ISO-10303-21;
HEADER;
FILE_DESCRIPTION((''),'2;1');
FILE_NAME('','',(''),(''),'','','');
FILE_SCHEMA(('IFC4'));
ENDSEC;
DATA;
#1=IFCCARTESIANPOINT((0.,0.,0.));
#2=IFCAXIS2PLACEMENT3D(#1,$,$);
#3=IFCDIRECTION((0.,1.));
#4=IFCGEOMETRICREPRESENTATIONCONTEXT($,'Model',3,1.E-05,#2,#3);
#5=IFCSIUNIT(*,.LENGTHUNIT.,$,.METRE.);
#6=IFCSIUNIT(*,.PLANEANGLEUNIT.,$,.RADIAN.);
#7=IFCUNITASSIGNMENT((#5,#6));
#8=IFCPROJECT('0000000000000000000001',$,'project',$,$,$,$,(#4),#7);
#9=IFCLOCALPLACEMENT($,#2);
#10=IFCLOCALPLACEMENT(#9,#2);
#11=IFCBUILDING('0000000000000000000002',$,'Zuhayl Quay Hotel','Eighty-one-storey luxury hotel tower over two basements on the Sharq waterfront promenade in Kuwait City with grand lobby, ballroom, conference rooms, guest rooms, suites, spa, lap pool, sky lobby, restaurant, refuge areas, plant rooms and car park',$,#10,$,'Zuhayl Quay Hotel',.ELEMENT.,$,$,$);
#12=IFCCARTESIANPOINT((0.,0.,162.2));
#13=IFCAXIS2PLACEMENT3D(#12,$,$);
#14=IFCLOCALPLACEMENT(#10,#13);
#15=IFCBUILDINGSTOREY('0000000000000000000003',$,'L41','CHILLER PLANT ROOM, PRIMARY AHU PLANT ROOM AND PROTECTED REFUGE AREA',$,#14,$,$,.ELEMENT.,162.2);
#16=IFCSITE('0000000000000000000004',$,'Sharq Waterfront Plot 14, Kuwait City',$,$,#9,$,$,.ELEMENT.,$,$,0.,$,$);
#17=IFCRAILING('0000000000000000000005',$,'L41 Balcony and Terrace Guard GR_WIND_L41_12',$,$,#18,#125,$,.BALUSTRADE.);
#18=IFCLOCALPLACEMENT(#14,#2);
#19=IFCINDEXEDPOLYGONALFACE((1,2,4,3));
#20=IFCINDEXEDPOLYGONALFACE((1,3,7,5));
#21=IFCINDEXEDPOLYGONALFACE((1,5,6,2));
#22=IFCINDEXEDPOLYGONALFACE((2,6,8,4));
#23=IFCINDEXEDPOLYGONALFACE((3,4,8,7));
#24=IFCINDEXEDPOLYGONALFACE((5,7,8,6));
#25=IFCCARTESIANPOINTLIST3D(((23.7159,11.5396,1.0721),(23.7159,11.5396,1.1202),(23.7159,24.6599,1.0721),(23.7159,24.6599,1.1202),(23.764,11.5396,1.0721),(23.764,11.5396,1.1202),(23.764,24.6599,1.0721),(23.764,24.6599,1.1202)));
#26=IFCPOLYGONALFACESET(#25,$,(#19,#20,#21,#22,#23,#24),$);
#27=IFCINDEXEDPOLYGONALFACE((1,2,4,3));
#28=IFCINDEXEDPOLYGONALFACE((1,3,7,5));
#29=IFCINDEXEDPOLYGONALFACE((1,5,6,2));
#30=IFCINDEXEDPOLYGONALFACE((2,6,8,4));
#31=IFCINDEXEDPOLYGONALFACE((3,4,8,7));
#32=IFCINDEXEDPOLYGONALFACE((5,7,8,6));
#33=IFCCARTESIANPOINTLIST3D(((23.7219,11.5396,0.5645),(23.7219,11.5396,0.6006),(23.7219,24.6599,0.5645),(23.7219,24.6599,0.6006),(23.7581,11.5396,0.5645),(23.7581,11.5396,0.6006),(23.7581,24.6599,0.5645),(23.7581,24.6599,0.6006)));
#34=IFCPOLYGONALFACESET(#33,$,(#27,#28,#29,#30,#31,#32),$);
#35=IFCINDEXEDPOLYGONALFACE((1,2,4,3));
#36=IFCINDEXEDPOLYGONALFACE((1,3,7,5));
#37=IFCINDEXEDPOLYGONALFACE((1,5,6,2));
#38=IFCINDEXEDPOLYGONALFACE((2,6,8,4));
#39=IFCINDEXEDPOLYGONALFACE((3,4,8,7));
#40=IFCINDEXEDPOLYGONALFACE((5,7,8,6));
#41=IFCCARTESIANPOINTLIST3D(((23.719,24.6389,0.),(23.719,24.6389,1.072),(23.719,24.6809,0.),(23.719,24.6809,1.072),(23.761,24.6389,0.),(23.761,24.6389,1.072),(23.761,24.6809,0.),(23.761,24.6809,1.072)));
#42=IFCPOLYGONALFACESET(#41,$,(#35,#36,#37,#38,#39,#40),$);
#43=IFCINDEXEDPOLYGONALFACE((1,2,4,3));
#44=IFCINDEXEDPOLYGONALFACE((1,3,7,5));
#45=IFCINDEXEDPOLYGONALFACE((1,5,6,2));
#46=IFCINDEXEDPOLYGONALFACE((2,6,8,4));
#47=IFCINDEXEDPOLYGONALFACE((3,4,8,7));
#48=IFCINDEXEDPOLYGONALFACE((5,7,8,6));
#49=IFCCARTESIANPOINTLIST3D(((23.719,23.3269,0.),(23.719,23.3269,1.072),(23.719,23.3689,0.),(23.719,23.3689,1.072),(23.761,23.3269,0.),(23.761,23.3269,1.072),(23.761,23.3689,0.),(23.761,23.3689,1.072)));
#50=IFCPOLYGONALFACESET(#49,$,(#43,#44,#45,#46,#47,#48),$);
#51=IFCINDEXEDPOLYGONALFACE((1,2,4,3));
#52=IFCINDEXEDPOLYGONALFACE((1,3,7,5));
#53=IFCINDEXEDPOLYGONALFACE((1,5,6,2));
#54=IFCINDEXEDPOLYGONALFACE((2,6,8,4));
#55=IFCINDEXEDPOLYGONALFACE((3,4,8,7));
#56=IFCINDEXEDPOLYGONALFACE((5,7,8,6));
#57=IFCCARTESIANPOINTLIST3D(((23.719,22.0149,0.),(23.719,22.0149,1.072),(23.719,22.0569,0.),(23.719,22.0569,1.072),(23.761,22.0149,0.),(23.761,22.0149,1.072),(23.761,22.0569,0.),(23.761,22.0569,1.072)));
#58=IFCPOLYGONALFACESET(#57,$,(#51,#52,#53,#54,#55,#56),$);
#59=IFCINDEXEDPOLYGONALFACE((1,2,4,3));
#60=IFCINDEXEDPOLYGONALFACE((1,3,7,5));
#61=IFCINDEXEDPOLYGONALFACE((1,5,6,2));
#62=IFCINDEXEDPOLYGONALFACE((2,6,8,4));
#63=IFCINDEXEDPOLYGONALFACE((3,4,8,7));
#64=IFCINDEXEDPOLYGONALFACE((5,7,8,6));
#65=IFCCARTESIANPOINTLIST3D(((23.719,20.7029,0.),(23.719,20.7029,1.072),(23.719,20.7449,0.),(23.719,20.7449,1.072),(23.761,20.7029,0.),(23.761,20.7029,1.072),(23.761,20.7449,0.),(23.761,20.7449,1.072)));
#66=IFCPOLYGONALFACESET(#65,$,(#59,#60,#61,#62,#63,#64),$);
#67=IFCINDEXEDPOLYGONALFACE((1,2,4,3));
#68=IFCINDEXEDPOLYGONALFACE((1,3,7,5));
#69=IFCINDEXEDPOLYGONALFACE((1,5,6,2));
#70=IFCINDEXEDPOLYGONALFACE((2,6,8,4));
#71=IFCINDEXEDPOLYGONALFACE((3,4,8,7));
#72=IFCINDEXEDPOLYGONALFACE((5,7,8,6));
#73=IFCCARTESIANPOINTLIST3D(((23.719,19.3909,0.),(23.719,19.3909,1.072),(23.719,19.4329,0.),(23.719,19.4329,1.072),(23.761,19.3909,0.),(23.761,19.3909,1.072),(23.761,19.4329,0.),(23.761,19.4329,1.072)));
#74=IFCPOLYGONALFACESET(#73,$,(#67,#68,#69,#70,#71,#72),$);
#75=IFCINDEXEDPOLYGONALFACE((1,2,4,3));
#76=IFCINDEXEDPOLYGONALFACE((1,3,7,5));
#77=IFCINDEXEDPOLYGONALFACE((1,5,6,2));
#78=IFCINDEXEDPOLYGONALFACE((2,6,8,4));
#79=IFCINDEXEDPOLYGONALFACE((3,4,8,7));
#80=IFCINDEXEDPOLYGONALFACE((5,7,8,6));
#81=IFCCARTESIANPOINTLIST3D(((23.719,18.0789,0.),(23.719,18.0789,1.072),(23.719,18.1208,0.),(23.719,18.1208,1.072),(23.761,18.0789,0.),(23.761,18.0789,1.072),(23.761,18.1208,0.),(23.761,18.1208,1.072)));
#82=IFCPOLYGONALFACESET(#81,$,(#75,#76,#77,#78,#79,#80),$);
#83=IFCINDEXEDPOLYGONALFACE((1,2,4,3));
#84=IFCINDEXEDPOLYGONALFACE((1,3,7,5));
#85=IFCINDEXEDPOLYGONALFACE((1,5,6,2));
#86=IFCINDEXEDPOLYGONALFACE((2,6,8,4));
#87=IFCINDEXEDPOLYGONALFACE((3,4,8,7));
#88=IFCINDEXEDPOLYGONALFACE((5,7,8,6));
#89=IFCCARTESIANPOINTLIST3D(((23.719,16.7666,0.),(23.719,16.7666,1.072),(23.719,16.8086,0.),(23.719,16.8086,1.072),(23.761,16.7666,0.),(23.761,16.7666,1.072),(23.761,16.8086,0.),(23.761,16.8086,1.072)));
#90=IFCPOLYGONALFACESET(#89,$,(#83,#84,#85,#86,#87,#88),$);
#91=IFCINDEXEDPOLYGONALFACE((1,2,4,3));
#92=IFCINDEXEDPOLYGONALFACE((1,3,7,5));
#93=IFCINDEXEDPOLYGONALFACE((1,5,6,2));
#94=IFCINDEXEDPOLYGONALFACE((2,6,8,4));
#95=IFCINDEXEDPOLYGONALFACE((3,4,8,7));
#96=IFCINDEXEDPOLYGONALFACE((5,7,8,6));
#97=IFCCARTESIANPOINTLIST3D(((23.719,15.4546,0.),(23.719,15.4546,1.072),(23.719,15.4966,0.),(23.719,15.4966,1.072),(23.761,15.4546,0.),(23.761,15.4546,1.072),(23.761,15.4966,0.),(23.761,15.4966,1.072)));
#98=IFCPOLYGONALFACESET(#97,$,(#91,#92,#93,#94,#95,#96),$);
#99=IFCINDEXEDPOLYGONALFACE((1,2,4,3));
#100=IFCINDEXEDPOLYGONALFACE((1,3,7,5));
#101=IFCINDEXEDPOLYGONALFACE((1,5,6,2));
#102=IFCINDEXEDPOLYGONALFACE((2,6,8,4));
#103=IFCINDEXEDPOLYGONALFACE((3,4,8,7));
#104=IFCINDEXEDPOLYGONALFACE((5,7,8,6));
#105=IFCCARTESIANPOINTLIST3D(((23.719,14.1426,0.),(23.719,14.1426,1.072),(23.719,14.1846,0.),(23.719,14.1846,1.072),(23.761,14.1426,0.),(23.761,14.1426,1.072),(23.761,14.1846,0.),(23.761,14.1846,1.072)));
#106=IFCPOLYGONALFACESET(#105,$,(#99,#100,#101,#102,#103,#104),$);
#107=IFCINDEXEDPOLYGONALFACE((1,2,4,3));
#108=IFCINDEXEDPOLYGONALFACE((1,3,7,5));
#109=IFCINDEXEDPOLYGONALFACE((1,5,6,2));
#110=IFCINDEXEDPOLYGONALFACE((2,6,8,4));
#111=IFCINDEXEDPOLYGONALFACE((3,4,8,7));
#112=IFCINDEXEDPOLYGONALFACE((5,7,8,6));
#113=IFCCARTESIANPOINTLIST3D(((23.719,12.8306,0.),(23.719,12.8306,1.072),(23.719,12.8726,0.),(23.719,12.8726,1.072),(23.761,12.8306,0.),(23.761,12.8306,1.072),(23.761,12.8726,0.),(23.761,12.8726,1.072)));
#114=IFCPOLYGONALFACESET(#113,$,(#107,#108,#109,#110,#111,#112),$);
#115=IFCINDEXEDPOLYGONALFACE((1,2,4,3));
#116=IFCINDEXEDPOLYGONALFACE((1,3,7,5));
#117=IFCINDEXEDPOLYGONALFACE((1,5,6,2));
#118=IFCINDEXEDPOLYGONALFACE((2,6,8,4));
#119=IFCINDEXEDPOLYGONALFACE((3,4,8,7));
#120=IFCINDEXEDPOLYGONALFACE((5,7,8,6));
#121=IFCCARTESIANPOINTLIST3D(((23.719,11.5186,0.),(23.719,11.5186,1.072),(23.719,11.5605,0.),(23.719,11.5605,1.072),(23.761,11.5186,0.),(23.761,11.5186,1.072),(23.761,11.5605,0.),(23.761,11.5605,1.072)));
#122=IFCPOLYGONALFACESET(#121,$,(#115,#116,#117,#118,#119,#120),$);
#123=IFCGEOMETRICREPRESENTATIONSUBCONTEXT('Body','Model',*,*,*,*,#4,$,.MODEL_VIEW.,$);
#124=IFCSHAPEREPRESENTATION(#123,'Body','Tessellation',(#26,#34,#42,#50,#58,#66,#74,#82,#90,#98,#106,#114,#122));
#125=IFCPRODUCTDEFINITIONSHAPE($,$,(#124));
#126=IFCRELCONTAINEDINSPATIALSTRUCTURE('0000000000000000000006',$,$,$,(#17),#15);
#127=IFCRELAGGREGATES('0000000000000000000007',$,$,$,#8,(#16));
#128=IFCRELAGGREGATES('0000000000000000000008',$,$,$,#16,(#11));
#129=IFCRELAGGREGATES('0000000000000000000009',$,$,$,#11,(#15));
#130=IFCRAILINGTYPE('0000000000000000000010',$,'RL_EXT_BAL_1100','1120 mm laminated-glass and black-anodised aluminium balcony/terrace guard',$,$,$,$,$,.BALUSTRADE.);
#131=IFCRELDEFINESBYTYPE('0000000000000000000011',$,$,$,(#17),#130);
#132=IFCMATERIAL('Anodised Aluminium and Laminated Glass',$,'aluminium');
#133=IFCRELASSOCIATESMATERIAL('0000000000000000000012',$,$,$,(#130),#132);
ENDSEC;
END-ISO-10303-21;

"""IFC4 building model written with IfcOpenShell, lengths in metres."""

from ifc_helpers import new_model, si_unit, direction, frame, origin, origin_2d, place, context, subcontext, project, spatial, rectangle, extrude, material, type_object, element, save


model = new_model("IFC4")

# Units and contexts
model_context = context("Model", 3, precision=1e-05, world=origin(), true_north=direction((0.0, 1.0)))
body_context = subcontext(model_context, "Body", "Model", "MODEL_VIEW")
ifc_project = project(units=[si_unit("LENGTHUNIT", "METRE"), si_unit("PLANEANGLEUNIT", "RADIAN")], contexts=[model_context])

# Site, building, storey
site_placement = place(None, origin())
site = spatial("IfcSite", under=ifc_project, at=site_placement, Name="Sharq Waterfront Plot 14, Kuwait City", CompositionType="ELEMENT", RefElevation=0.0)
building_placement = place(site_placement, origin())
building = spatial("IfcBuilding", under=site, at=building_placement, Name="Zuhayl Quay Hotel", Description="Eighty-one-storey luxury hotel tower over two basements on the Sharq waterfront promenade in Kuwait City with grand lobby, ballroom, conference rooms, guest rooms, suites, spa, lap pool, sky lobby, restaurant, refuge areas, plant rooms and car park", LongName="Zuhayl Quay Hotel", CompositionType="ELEMENT")
storey_placement = place(building_placement, frame((0.0, 0.0, 162.2)))
storey = spatial("IfcBuildingStorey", under=building, at=storey_placement, Name="L41", Description="CHILLER PLANT ROOM, PRIMARY AHU PLANT ROOM AND PROTECTED REFUGE AREA", CompositionType="ELEMENT", Elevation=162.2)

# Railing
ifc_material_1 = material(Name="Anodised Aluminium and Laminated Glass", Category="aluminium")
railing_type = type_object("IfcRailingType", Name="RL_EXT_BAL_1100", Description="1120 mm laminated-glass and black-anodised aluminium balcony/terrace guard", PredefinedType="BALUSTRADE", material=ifc_material_1)
railing_1_placement = place(storey_placement, frame((23.74, 24.6599, 0.0)))
element("IfcRailing", 1, at=railing_1_placement, inside=storey, type_object=railing_type, Name="L41 Balcony and Terrace Guard GR_WIND_L41_12", PredefinedType="BALUSTRADE", context=body_context, shape_type="SweptSolid", body=[
    extrude(rectangle(XDim=0.0481, YDim=0.0481, at=origin_2d()), frame((0.0, 0.0, 1.0962), z_axis=(0.0, -1.0, 0.0), x_axis=(1.0, 0.0, 0.0)), (0.0, 0.0, 1.0), 13.1204),
    extrude(rectangle(XDim=0.0361, YDim=0.0361, at=origin_2d()), frame((0.0, 0.0, 0.5825), z_axis=(0.0, -1.0, 0.0), x_axis=(1.0, 0.0, 0.0)), (0.0, 0.0, 1.0), 13.1204),
    extrude(rectangle(XDim=0.042, YDim=0.042, at=origin_2d()), origin(), (0.0, 0.0, 1.0), 1.072),
    extrude(rectangle(XDim=0.042, YDim=0.042, at=origin_2d()), frame((0.0, -1.312, 0.0)), (0.0, 0.0, 1.0), 1.072),
    extrude(rectangle(XDim=0.042, YDim=0.042, at=origin_2d()), frame((0.0, -2.624, 0.0)), (0.0, 0.0, 1.0), 1.072),
    extrude(rectangle(XDim=0.042, YDim=0.042, at=origin_2d()), frame((0.0, -3.936, 0.0)), (0.0, 0.0, 1.0), 1.072),
    extrude(rectangle(XDim=0.042, YDim=0.042, at=origin_2d()), frame((0.0, -5.248, 0.0)), (0.0, 0.0, 1.0), 1.072),
    extrude(rectangle(XDim=0.042, YDim=0.042, at=origin_2d()), frame((0.0, -6.5601, 0.0)), (0.0, 0.0, 1.0), 1.072),
    extrude(rectangle(XDim=0.042, YDim=0.042, at=origin_2d()), frame((0.0, -7.8723, 0.0)), (0.0, 0.0, 1.0), 1.072),
    extrude(rectangle(XDim=0.042, YDim=0.042, at=origin_2d()), frame((0.0, -9.1843, 0.0)), (0.0, 0.0, 1.0), 1.072),
    extrude(rectangle(XDim=0.042, YDim=0.042, at=origin_2d()), frame((0.0, -10.4963, 0.0)), (0.0, 0.0, 1.0), 1.072),
    extrude(rectangle(XDim=0.042, YDim=0.042, at=origin_2d()), frame((0.0, -11.8083, 0.0)), (0.0, 0.0, 1.0), 1.072),
    extrude(rectangle(XDim=0.042, YDim=0.042, at=origin_2d()), frame((0.0, -13.1204, 0.0)), (0.0, 0.0, 1.0), 1.072),
])

save(model, "model.ifc")
